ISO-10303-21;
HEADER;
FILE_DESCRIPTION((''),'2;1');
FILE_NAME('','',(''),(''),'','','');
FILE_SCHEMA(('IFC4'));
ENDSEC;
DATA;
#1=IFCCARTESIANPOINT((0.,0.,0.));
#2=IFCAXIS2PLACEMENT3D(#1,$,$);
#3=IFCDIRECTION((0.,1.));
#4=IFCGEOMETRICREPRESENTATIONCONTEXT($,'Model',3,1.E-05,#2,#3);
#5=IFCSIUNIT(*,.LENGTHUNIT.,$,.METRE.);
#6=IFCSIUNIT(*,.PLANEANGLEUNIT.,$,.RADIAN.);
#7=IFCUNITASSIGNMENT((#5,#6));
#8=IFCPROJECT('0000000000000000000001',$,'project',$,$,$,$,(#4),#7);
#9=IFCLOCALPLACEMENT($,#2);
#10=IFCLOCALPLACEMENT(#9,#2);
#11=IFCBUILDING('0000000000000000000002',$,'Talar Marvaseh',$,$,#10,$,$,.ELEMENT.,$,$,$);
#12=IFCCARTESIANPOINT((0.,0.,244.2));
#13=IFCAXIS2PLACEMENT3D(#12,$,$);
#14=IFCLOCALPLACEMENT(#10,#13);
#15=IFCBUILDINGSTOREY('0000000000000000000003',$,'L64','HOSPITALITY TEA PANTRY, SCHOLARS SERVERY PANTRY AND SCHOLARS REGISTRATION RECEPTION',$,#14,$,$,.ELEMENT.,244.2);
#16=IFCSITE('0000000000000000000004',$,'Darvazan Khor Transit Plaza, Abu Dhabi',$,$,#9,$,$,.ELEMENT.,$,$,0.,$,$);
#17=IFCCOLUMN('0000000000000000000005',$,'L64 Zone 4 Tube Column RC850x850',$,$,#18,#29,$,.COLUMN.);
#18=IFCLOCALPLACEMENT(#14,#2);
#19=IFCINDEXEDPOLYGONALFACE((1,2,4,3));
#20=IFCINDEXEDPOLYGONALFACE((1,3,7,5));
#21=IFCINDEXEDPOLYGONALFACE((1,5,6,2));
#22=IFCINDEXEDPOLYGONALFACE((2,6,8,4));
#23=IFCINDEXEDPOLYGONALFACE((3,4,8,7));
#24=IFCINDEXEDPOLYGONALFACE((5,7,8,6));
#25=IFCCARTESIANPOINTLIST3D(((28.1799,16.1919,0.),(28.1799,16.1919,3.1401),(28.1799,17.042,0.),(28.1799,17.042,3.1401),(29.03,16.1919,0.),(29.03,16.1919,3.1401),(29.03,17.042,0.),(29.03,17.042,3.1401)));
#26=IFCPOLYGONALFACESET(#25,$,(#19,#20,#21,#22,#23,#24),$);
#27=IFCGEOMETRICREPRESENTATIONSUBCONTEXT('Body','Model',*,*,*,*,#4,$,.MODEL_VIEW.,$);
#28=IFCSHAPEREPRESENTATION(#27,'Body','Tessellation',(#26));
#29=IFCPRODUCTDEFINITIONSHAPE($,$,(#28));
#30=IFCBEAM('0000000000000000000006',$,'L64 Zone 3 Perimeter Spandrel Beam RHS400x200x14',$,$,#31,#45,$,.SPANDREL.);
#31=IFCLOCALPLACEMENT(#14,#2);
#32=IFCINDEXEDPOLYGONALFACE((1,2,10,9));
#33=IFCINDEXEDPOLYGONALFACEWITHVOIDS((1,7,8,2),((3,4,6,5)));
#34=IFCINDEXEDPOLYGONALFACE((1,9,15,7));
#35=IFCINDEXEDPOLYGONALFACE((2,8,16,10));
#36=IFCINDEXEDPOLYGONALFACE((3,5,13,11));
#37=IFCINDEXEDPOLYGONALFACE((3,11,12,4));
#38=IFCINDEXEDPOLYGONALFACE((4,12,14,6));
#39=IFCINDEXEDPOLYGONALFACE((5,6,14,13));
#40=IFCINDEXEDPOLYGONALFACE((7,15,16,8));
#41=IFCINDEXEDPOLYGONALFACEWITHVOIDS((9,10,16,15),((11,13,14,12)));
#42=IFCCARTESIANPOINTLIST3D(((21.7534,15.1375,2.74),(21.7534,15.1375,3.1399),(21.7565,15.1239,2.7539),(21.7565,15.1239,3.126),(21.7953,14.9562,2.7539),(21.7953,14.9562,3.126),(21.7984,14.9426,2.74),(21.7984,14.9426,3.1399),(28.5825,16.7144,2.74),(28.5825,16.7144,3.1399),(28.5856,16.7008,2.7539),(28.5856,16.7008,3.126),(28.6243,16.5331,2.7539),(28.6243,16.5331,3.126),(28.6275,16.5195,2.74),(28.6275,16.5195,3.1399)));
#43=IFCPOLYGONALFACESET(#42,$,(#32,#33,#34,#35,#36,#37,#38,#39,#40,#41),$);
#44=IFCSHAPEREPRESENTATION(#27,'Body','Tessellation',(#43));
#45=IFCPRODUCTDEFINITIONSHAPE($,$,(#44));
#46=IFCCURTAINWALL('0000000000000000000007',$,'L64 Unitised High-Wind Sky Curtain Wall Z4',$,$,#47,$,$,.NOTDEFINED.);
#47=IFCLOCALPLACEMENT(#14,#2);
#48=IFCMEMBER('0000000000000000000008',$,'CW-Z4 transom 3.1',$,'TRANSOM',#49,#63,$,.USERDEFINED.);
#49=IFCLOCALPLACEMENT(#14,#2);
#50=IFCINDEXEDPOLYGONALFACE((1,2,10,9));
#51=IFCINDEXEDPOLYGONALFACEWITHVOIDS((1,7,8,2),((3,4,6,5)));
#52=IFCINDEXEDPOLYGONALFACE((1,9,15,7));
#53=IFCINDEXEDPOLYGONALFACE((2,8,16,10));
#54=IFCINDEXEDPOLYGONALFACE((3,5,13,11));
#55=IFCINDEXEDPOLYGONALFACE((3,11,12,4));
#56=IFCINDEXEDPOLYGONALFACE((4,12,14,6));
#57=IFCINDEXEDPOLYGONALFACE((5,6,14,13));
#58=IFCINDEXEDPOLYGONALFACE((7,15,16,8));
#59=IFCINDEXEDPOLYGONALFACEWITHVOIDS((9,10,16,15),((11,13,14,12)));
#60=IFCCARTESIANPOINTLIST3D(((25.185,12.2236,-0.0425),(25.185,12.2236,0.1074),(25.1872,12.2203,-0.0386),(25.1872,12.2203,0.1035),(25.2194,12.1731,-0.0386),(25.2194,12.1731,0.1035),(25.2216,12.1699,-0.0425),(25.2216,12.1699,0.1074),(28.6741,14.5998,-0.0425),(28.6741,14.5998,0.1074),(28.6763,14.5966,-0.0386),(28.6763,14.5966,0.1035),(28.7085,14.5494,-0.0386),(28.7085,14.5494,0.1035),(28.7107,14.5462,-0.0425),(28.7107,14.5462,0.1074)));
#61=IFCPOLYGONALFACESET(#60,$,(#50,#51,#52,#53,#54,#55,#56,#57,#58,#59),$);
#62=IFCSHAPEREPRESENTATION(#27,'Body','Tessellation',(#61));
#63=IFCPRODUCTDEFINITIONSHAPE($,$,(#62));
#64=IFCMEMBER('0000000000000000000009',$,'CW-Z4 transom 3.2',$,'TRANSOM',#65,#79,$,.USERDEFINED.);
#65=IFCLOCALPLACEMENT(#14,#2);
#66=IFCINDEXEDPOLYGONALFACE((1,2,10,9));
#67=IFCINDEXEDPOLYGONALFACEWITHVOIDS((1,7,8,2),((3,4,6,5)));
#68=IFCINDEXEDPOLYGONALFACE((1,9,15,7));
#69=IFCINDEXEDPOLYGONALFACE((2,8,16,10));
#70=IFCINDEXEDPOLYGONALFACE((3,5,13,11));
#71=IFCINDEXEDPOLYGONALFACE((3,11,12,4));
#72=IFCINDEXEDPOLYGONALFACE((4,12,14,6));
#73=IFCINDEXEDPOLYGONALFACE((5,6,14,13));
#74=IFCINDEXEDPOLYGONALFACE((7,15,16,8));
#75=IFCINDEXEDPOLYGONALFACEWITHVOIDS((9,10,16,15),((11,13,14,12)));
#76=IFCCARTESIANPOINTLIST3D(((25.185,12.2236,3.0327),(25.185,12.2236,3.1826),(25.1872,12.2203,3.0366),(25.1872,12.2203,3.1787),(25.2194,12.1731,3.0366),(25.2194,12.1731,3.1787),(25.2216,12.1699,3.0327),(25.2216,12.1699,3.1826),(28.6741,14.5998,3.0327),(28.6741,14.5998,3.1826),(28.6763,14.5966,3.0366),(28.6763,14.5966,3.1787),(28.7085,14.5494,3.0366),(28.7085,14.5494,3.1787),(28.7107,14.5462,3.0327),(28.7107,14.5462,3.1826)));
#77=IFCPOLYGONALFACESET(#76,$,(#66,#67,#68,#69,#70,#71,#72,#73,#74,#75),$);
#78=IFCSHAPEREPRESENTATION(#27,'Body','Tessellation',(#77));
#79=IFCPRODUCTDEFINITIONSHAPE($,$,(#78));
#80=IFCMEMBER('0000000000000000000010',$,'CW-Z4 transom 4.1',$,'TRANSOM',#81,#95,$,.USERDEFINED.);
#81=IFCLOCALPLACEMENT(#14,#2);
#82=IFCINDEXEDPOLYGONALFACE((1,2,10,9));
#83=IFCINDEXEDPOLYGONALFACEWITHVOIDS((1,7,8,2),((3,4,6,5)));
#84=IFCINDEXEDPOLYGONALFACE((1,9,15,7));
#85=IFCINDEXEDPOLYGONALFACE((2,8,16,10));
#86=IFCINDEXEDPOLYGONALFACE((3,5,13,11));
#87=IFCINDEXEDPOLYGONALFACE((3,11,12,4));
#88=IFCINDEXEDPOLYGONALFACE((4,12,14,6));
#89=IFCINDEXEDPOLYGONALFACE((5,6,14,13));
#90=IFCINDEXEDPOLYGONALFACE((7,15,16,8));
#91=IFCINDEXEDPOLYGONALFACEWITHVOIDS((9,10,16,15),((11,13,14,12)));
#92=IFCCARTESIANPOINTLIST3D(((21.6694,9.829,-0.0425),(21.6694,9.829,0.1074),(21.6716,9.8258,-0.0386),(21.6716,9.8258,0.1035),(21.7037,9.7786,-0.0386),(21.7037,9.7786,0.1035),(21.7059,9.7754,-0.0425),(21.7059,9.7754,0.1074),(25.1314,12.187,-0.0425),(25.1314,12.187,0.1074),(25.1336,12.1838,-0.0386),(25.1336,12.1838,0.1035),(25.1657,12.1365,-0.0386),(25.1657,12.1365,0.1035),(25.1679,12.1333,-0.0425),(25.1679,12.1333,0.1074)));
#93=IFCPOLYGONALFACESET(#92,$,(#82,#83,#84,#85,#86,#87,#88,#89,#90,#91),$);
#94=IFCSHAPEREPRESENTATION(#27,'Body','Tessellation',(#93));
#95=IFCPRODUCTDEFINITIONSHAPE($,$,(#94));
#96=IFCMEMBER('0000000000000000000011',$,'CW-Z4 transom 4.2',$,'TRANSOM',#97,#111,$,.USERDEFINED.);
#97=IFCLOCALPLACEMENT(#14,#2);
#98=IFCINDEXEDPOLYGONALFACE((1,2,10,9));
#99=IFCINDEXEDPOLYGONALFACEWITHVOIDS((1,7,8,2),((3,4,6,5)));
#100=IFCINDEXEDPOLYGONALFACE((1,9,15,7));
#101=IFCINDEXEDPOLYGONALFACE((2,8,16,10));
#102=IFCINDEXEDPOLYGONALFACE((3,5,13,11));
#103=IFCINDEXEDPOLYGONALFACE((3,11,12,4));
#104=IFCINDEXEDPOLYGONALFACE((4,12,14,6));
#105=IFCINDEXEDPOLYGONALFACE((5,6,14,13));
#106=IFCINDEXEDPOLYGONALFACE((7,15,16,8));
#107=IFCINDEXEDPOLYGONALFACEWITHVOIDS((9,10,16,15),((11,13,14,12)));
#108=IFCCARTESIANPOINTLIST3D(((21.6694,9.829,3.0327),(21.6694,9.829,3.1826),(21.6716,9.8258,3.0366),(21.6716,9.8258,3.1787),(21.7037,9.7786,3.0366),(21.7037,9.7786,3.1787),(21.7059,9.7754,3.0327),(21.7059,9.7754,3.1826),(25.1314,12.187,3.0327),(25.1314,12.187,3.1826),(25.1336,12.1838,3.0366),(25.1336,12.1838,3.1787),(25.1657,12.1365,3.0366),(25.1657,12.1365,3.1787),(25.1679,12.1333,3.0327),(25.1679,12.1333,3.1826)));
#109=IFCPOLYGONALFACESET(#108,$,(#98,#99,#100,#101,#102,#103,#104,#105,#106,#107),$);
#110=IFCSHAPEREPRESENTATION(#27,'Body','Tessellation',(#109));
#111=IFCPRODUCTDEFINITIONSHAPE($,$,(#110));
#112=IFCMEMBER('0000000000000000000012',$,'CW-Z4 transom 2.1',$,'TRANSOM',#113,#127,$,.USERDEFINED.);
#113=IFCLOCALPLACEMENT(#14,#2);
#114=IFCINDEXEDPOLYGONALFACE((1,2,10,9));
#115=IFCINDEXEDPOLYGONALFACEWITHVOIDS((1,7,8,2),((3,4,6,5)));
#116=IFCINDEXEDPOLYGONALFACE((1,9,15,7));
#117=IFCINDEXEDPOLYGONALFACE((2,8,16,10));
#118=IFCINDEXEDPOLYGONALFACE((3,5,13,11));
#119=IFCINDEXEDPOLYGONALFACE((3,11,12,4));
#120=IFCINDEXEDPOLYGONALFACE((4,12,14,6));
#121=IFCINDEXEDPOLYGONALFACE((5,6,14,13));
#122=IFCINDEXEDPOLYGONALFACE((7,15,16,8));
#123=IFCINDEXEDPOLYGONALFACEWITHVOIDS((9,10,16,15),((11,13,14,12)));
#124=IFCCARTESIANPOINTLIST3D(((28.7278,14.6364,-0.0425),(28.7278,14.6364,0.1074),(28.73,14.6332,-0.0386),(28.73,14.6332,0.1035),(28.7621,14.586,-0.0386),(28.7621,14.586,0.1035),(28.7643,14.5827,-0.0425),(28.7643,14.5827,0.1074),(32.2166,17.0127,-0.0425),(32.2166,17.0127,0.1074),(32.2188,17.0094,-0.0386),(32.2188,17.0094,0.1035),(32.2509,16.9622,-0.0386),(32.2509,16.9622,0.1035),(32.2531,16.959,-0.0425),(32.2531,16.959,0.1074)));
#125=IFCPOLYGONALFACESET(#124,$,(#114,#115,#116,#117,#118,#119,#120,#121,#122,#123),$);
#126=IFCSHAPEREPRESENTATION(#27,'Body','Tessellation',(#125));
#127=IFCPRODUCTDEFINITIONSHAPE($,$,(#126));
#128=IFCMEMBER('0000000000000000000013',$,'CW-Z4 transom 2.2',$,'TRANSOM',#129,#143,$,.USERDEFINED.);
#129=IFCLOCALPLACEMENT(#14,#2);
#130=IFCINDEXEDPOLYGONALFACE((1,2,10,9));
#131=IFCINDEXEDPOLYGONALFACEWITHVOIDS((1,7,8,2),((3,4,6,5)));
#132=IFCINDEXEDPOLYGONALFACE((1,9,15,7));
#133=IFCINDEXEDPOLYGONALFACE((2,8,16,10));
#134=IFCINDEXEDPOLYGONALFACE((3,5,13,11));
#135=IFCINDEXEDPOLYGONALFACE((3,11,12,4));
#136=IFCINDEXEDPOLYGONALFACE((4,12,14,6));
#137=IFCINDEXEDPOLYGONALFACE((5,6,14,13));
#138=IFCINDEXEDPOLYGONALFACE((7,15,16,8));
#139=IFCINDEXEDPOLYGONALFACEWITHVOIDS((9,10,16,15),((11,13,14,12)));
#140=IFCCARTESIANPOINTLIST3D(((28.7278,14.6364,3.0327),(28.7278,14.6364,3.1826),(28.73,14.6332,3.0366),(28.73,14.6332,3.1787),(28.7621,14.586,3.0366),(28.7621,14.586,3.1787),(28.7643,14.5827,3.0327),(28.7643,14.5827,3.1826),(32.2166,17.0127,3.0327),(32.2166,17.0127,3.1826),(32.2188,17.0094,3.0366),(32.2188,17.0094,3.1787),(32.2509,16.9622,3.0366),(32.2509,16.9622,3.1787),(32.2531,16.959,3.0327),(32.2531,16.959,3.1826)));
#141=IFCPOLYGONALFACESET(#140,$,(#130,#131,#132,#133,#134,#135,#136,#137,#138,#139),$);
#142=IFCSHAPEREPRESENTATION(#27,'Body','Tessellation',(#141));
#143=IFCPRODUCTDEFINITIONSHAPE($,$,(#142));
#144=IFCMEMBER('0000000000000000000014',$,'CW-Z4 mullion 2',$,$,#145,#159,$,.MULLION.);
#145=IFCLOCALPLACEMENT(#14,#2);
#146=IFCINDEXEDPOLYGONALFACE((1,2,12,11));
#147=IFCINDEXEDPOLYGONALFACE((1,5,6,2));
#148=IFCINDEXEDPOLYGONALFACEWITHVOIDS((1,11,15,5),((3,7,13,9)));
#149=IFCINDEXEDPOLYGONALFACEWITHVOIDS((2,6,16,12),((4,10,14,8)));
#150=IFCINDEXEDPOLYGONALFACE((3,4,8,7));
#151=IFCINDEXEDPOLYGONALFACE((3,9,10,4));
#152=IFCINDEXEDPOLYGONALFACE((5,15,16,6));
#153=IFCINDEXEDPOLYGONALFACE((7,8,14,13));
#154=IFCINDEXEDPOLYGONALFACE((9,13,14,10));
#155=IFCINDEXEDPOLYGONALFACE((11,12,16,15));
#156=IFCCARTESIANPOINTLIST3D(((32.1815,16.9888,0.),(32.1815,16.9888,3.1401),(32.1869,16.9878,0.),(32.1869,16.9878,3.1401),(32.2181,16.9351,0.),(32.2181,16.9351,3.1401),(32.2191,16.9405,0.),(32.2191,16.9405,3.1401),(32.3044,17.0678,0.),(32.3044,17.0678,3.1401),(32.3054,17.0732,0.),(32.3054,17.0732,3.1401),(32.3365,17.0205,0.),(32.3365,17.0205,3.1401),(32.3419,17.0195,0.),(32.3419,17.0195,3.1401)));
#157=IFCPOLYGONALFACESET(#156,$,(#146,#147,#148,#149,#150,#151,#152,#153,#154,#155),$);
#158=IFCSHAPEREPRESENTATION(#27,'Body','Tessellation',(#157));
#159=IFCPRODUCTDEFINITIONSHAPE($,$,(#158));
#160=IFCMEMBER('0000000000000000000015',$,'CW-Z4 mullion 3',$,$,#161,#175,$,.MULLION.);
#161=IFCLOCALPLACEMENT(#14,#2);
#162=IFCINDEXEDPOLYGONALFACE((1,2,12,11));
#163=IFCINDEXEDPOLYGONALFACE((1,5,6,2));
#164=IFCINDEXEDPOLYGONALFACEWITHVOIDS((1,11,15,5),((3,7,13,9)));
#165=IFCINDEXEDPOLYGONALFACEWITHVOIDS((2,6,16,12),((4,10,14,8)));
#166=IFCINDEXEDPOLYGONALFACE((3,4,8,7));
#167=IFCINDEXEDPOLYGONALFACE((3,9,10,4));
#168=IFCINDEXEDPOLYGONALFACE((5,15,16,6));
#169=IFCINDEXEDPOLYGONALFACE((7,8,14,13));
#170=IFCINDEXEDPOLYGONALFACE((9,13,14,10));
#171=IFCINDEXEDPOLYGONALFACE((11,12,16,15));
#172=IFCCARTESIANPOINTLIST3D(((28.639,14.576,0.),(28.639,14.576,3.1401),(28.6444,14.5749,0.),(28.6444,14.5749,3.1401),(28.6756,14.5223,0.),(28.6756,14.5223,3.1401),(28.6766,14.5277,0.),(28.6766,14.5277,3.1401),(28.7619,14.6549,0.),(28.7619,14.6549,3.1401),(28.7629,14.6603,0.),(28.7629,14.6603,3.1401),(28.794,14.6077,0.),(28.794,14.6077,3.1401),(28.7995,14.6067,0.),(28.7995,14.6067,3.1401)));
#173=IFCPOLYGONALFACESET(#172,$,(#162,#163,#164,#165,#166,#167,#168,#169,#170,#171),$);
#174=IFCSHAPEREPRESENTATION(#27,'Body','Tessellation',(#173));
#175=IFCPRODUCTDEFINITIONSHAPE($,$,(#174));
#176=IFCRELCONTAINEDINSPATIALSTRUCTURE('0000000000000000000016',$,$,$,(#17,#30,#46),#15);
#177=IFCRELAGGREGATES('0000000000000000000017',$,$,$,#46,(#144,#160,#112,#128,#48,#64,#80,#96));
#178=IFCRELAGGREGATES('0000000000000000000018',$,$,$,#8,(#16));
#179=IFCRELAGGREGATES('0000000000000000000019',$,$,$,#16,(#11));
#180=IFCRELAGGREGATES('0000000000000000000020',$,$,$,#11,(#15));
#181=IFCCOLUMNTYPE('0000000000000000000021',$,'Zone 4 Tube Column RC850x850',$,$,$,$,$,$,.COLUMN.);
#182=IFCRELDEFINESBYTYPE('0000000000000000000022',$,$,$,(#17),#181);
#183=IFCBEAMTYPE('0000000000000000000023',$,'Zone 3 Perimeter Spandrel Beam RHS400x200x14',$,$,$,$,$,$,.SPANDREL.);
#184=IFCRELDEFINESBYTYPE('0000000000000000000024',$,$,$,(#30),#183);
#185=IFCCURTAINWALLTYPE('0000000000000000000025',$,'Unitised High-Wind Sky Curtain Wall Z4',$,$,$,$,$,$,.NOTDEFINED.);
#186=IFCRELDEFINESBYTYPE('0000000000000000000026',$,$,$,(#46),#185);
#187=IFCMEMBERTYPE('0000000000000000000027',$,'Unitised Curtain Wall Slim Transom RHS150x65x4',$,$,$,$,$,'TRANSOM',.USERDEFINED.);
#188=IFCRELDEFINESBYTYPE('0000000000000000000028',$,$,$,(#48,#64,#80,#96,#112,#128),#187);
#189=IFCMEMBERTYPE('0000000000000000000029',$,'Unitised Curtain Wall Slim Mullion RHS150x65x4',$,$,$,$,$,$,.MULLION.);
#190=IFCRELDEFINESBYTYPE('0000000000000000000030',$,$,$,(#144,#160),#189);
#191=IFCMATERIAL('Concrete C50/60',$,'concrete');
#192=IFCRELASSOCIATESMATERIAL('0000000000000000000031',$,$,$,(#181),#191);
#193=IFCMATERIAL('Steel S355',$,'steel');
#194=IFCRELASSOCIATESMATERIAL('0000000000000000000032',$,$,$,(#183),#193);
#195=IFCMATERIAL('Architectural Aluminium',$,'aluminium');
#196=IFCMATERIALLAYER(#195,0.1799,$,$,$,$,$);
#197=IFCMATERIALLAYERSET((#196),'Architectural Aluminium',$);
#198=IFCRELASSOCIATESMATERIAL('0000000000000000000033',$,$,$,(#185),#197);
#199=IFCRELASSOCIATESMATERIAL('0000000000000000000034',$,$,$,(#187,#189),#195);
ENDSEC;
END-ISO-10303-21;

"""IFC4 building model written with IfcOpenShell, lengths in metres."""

from ifc_helpers import new_model, si_unit, direction, frame, origin, origin_2d, place, context, subcontext, project, spatial, rectangle, hollow_rectangle, extrude, source, transform, mapped, material, layer, layer_set, material_profile, profile_set, type_object, type_shapes, element, aggregate, save


model = new_model("IFC4")

# Units and contexts
model_context = context("Model", 3, precision=1e-05, world=origin(), true_north=direction((0.0, 1.0)))
body_context = subcontext(model_context, "Body", "Model", "MODEL_VIEW")
ifc_project = project(units=[si_unit("LENGTHUNIT", "METRE"), si_unit("PLANEANGLEUNIT", "RADIAN")], contexts=[model_context])

# Site, building, storey
site_placement = place(None, origin())
site = spatial("IfcSite", under=ifc_project, at=site_placement, Name="Darvazan Khor Transit Plaza, Abu Dhabi", CompositionType="ELEMENT", RefElevation=0.0)
building_placement = place(site_placement, origin())
building = spatial("IfcBuilding", under=site, at=building_placement, Name="Talar Marvaseh", CompositionType="ELEMENT")
storey_placement = place(building_placement, frame((0.0, 0.0, 244.2)))
storey = spatial("IfcBuildingStorey", under=building, at=storey_placement, Name="L64", Description="HOSPITALITY TEA PANTRY, SCHOLARS SERVERY PANTRY AND SCHOLARS REGISTRATION RECEPTION", CompositionType="ELEMENT", Elevation=244.2)

# Column
ifc_material_1 = material(Name="Concrete C50/60", Category="concrete")
ifc_material_profile_1 = material_profile(ifc_material_1, rectangle(XDim=0.8501, YDim=0.8501, at=origin_2d()), Name="RC850x850")
ifc_profile_set_1 = profile_set([ifc_material_profile_1], Name="Concrete C50/60")
column_type = type_object("IfcColumnType", Name="Zone 4 Tube Column RC850x850", PredefinedType="COLUMN", material=ifc_profile_set_1)
column_placement = place(storey_placement, frame((28.605, 16.6169, 0.0), z_axis=(0.0, 0.0, 1.0), x_axis=(1.0, 0.0, 0.0)))
element("IfcColumn", 1, at=column_placement, inside=storey, type_object=column_type, Name="L64 Zone 4 Tube Column RC850x850", PredefinedType="COLUMN", context=body_context, shape_type="SweptSolid", body=[
    extrude(rectangle(XDim=0.8501, YDim=0.8501, at=origin_2d()), origin(), (0.0, 0.0, 1.0), 3.1401),
])

# Beam
ifc_material_2 = material(Name="Steel S355", Category="steel")
ifc_material_profile_2 = material_profile(ifc_material_2, hollow_rectangle(XDim=0.2, YDim=0.3999, WallThickness=0.0139, at=origin_2d()), Name="RHS400x200x14")
ifc_profile_set_2 = profile_set([ifc_material_profile_2], Name="Steel S355")
beam_type = type_object("IfcBeamType", Name="Zone 3 Perimeter Spandrel Beam RHS400x200x14", PredefinedType="SPANDREL", material=ifc_profile_set_2)
beam_placement = place(storey_placement, frame((28.605, 16.6169, 2.9399), z_axis=(-0.974361, -0.224989, 0.0), x_axis=(0.224989, -0.974361, 0.0)))
element("IfcBeam", 2, at=beam_placement, inside=storey, type_object=beam_type, Name="L64 Zone 3 Perimeter Spandrel Beam RHS400x200x14", PredefinedType="SPANDREL", context=body_context, shape_type="SweptSolid", body=[
    extrude(hollow_rectangle(XDim=0.2, YDim=0.3999, WallThickness=0.0139, at=origin_2d()), origin(), (0.0, 0.0, 1.0), 7.0088),
])

# Curtain wall, members
ifc_material_3 = material(Name="Architectural Aluminium", Category="aluminium")
ifc_layer_1 = layer(ifc_material_3, 0.1799)
ifc_layer_set_1 = layer_set([ifc_layer_1], Name="Architectural Aluminium")
curtain_wall_type = type_object("IfcCurtainWallType", Name="Unitised High-Wind Sky Curtain Wall Z4", PredefinedType="NOTDEFINED", material=ifc_layer_set_1)
curtain_wall_placement = place(storey_placement, origin())
curtain_wall = element("IfcCurtainWall", 3, at=curtain_wall_placement, inside=storey, type_object=curtain_wall_type, Name="L64 Unitised High-Wind Sky Curtain Wall Z4", PredefinedType="NOTDEFINED")
ifc_material_profile_3 = material_profile(ifc_material_3, hollow_rectangle(XDim=0.0649, YDim=0.1499, WallThickness=0.0039, at=origin_2d()), Name="RHS150x65x4")
ifc_profile_set_3 = profile_set([ifc_material_profile_3], Name="Architectural Aluminium")
member_type_1 = type_object("IfcMemberType", Name="Unitised Curtain Wall Slim Transom RHS150x65x4", ElementType="TRANSOM", PredefinedType="USERDEFINED", material=ifc_profile_set_3)
shared_shape_1 = source(origin(), body_context, "Body", "SweptSolid", [
    extrude(hollow_rectangle(XDim=0.0649, YDim=0.1499, WallThickness=0.0039, at=origin_2d()), origin(), (0.0, 0.0, 1.0), 4.2214),
])
member_1_placement = place(storey_placement, frame((28.6924, 14.573, 0.0325), z_axis=(-0.82652, -0.562908, 0.0), x_axis=(0.562908, -0.82652, 0.0)))
member_1 = element("IfcMember", 4, at=member_1_placement, type_object=member_type_1, Name="CW-Z4 transom 3.1", ObjectType="TRANSOM", PredefinedType="USERDEFINED", context=body_context, shape_type="MappedRepresentation", body=[
    mapped(shared_shape_1, transform((0.0, 0.0, 0.0), x_axis=(1.0, 0.0, 0.0), y_axis=(0.0, 1.0, 0.0), z_axis=(0.0, 0.0, 1.0), scale=1.0)),
])
member_2_placement = place(storey_placement, frame((28.6924, 14.573, 3.1077), z_axis=(-0.82652, -0.562908, 0.0), x_axis=(0.562908, -0.82652, 0.0)))
member_2 = element("IfcMember", 5, at=member_2_placement, type_object=member_type_1, Name="CW-Z4 transom 3.2", ObjectType="TRANSOM", PredefinedType="USERDEFINED", context=body_context, shape_type="MappedRepresentation", body=[
    mapped(shared_shape_1, transform((0.0, 0.0, 0.0), x_axis=(1.0, 0.0, 0.0), y_axis=(0.0, 1.0, 0.0), z_axis=(0.0, 0.0, 1.0), scale=1.0)),
])
shared_shape_2 = source(origin(), body_context, "Body", "SweptSolid", [
    extrude(hollow_rectangle(XDim=0.0649, YDim=0.1499, WallThickness=0.0039, at=origin_2d()), origin(), (0.0, 0.0, 1.0), 4.1887),
])
member_3_placement = place(storey_placement, frame((25.1497, 12.1602, 0.0325), z_axis=(-0.826503, -0.562932, 0.0), x_axis=(0.562932, -0.826503, 0.0)))
member_3 = element("IfcMember", 6, at=member_3_placement, type_object=member_type_1, Name="CW-Z4 transom 4.1", ObjectType="TRANSOM", PredefinedType="USERDEFINED", context=body_context, shape_type="MappedRepresentation", body=[
    mapped(shared_shape_2, transform((0.0, 0.0, 0.0), x_axis=(1.0, 0.0, 0.0), y_axis=(0.0, 1.0, 0.0), z_axis=(0.0, 0.0, 1.0), scale=1.0)),
])
member_4_placement = place(storey_placement, frame((25.1497, 12.1602, 3.1077), z_axis=(-0.826503, -0.562932, 0.0), x_axis=(0.562932, -0.826503, 0.0)))
member_4 = element("IfcMember", 7, at=member_4_placement, type_object=member_type_1, Name="CW-Z4 transom 4.2", ObjectType="TRANSOM", PredefinedType="USERDEFINED", context=body_context, shape_type="MappedRepresentation", body=[
    mapped(shared_shape_2, transform((0.0, 0.0, 0.0), x_axis=(1.0, 0.0, 0.0), y_axis=(0.0, 1.0, 0.0), z_axis=(0.0, 0.0, 1.0), scale=1.0)),
])
shared_shape_3 = source(origin(), body_context, "Body", "SweptSolid", [
    extrude(hollow_rectangle(XDim=0.0649, YDim=0.1499, WallThickness=0.0039, at=origin_2d()), origin(), (0.0, 0.0, 1.0), 4.2212),
])
type_shapes(member_type_1, [shared_shape_1, shared_shape_2, shared_shape_3])
member_5_placement = place(storey_placement, frame((32.2349, 16.9858, 0.0325), z_axis=(-0.826501, -0.562935, 0.0), x_axis=(0.562935, -0.826501, 0.0)))
member_5 = element("IfcMember", 8, at=member_5_placement, type_object=member_type_1, Name="CW-Z4 transom 2.1", ObjectType="TRANSOM", PredefinedType="USERDEFINED", context=body_context, shape_type="MappedRepresentation", body=[
    mapped(shared_shape_3, transform((0.0, 0.0, 0.0), x_axis=(1.0, 0.0, 0.0), y_axis=(0.0, 1.0, 0.0), z_axis=(0.0, 0.0, 1.0), scale=1.0)),
])
member_6_placement = place(storey_placement, frame((32.2349, 16.9858, 3.1077), z_axis=(-0.826501, -0.562935, 0.0), x_axis=(0.562935, -0.826501, 0.0)))
member_6 = element("IfcMember", 9, at=member_6_placement, type_object=member_type_1, Name="CW-Z4 transom 2.2", ObjectType="TRANSOM", PredefinedType="USERDEFINED", context=body_context, shape_type="MappedRepresentation", body=[
    mapped(shared_shape_3, transform((0.0, 0.0, 0.0), x_axis=(1.0, 0.0, 0.0), y_axis=(0.0, 1.0, 0.0), z_axis=(0.0, 0.0, 1.0), scale=1.0)),
])
ifc_material_profile_4 = material_profile(ifc_material_3, hollow_rectangle(XDim=0.0649, YDim=0.1499, WallThickness=0.0039, at=origin_2d()), Name="RHS150x65x4")
ifc_profile_set_4 = profile_set([ifc_material_profile_4], Name="Architectural Aluminium")
member_type_2 = type_object("IfcMemberType", Name="Unitised Curtain Wall Slim Mullion RHS150x65x4", PredefinedType="MULLION", material=ifc_profile_set_4)
shared_shape_4 = source(origin(), body_context, "Body", "SweptSolid", [
    extrude(hollow_rectangle(XDim=0.0649, YDim=0.1499, WallThickness=0.0039, at=origin_2d()), origin(), (0.0, 0.0, 1.0), 3.1401),
])
type_shapes(member_type_2, [shared_shape_4])
member_7_placement = place(storey_placement, frame((32.2617, 17.0042, 0.0), z_axis=(0.0, 0.0, 1.0), x_axis=(0.562933, -0.826502, 0.0)))
member_7 = element("IfcMember", 10, at=member_7_placement, type_object=member_type_2, Name="CW-Z4 mullion 2", PredefinedType="MULLION", context=body_context, shape_type="MappedRepresentation", body=[
    mapped(shared_shape_4, transform((0.0, 0.0, 0.0), x_axis=(1.0, 0.0, 0.0), y_axis=(0.0, 1.0, 0.0), z_axis=(0.0, 0.0, 1.0), scale=1.0)),
])
member_8_placement = place(storey_placement, frame((28.7192, 14.5913, 0.0), z_axis=(0.0, 0.0, 1.0), x_axis=(0.562933, -0.826502, 0.0)))
member_8 = element("IfcMember", 11, at=member_8_placement, type_object=member_type_2, Name="CW-Z4 mullion 3", PredefinedType="MULLION", context=body_context, shape_type="MappedRepresentation", body=[
    mapped(shared_shape_4, transform((0.0, 0.0, 0.0), x_axis=(1.0, 0.0, 0.0), y_axis=(0.0, 1.0, 0.0), z_axis=(0.0, 0.0, 1.0), scale=1.0)),
])
aggregate(curtain_wall, [member_7, member_8, member_5, member_6, member_1, member_2, member_3, member_4])

save(model, "model.ifc")
